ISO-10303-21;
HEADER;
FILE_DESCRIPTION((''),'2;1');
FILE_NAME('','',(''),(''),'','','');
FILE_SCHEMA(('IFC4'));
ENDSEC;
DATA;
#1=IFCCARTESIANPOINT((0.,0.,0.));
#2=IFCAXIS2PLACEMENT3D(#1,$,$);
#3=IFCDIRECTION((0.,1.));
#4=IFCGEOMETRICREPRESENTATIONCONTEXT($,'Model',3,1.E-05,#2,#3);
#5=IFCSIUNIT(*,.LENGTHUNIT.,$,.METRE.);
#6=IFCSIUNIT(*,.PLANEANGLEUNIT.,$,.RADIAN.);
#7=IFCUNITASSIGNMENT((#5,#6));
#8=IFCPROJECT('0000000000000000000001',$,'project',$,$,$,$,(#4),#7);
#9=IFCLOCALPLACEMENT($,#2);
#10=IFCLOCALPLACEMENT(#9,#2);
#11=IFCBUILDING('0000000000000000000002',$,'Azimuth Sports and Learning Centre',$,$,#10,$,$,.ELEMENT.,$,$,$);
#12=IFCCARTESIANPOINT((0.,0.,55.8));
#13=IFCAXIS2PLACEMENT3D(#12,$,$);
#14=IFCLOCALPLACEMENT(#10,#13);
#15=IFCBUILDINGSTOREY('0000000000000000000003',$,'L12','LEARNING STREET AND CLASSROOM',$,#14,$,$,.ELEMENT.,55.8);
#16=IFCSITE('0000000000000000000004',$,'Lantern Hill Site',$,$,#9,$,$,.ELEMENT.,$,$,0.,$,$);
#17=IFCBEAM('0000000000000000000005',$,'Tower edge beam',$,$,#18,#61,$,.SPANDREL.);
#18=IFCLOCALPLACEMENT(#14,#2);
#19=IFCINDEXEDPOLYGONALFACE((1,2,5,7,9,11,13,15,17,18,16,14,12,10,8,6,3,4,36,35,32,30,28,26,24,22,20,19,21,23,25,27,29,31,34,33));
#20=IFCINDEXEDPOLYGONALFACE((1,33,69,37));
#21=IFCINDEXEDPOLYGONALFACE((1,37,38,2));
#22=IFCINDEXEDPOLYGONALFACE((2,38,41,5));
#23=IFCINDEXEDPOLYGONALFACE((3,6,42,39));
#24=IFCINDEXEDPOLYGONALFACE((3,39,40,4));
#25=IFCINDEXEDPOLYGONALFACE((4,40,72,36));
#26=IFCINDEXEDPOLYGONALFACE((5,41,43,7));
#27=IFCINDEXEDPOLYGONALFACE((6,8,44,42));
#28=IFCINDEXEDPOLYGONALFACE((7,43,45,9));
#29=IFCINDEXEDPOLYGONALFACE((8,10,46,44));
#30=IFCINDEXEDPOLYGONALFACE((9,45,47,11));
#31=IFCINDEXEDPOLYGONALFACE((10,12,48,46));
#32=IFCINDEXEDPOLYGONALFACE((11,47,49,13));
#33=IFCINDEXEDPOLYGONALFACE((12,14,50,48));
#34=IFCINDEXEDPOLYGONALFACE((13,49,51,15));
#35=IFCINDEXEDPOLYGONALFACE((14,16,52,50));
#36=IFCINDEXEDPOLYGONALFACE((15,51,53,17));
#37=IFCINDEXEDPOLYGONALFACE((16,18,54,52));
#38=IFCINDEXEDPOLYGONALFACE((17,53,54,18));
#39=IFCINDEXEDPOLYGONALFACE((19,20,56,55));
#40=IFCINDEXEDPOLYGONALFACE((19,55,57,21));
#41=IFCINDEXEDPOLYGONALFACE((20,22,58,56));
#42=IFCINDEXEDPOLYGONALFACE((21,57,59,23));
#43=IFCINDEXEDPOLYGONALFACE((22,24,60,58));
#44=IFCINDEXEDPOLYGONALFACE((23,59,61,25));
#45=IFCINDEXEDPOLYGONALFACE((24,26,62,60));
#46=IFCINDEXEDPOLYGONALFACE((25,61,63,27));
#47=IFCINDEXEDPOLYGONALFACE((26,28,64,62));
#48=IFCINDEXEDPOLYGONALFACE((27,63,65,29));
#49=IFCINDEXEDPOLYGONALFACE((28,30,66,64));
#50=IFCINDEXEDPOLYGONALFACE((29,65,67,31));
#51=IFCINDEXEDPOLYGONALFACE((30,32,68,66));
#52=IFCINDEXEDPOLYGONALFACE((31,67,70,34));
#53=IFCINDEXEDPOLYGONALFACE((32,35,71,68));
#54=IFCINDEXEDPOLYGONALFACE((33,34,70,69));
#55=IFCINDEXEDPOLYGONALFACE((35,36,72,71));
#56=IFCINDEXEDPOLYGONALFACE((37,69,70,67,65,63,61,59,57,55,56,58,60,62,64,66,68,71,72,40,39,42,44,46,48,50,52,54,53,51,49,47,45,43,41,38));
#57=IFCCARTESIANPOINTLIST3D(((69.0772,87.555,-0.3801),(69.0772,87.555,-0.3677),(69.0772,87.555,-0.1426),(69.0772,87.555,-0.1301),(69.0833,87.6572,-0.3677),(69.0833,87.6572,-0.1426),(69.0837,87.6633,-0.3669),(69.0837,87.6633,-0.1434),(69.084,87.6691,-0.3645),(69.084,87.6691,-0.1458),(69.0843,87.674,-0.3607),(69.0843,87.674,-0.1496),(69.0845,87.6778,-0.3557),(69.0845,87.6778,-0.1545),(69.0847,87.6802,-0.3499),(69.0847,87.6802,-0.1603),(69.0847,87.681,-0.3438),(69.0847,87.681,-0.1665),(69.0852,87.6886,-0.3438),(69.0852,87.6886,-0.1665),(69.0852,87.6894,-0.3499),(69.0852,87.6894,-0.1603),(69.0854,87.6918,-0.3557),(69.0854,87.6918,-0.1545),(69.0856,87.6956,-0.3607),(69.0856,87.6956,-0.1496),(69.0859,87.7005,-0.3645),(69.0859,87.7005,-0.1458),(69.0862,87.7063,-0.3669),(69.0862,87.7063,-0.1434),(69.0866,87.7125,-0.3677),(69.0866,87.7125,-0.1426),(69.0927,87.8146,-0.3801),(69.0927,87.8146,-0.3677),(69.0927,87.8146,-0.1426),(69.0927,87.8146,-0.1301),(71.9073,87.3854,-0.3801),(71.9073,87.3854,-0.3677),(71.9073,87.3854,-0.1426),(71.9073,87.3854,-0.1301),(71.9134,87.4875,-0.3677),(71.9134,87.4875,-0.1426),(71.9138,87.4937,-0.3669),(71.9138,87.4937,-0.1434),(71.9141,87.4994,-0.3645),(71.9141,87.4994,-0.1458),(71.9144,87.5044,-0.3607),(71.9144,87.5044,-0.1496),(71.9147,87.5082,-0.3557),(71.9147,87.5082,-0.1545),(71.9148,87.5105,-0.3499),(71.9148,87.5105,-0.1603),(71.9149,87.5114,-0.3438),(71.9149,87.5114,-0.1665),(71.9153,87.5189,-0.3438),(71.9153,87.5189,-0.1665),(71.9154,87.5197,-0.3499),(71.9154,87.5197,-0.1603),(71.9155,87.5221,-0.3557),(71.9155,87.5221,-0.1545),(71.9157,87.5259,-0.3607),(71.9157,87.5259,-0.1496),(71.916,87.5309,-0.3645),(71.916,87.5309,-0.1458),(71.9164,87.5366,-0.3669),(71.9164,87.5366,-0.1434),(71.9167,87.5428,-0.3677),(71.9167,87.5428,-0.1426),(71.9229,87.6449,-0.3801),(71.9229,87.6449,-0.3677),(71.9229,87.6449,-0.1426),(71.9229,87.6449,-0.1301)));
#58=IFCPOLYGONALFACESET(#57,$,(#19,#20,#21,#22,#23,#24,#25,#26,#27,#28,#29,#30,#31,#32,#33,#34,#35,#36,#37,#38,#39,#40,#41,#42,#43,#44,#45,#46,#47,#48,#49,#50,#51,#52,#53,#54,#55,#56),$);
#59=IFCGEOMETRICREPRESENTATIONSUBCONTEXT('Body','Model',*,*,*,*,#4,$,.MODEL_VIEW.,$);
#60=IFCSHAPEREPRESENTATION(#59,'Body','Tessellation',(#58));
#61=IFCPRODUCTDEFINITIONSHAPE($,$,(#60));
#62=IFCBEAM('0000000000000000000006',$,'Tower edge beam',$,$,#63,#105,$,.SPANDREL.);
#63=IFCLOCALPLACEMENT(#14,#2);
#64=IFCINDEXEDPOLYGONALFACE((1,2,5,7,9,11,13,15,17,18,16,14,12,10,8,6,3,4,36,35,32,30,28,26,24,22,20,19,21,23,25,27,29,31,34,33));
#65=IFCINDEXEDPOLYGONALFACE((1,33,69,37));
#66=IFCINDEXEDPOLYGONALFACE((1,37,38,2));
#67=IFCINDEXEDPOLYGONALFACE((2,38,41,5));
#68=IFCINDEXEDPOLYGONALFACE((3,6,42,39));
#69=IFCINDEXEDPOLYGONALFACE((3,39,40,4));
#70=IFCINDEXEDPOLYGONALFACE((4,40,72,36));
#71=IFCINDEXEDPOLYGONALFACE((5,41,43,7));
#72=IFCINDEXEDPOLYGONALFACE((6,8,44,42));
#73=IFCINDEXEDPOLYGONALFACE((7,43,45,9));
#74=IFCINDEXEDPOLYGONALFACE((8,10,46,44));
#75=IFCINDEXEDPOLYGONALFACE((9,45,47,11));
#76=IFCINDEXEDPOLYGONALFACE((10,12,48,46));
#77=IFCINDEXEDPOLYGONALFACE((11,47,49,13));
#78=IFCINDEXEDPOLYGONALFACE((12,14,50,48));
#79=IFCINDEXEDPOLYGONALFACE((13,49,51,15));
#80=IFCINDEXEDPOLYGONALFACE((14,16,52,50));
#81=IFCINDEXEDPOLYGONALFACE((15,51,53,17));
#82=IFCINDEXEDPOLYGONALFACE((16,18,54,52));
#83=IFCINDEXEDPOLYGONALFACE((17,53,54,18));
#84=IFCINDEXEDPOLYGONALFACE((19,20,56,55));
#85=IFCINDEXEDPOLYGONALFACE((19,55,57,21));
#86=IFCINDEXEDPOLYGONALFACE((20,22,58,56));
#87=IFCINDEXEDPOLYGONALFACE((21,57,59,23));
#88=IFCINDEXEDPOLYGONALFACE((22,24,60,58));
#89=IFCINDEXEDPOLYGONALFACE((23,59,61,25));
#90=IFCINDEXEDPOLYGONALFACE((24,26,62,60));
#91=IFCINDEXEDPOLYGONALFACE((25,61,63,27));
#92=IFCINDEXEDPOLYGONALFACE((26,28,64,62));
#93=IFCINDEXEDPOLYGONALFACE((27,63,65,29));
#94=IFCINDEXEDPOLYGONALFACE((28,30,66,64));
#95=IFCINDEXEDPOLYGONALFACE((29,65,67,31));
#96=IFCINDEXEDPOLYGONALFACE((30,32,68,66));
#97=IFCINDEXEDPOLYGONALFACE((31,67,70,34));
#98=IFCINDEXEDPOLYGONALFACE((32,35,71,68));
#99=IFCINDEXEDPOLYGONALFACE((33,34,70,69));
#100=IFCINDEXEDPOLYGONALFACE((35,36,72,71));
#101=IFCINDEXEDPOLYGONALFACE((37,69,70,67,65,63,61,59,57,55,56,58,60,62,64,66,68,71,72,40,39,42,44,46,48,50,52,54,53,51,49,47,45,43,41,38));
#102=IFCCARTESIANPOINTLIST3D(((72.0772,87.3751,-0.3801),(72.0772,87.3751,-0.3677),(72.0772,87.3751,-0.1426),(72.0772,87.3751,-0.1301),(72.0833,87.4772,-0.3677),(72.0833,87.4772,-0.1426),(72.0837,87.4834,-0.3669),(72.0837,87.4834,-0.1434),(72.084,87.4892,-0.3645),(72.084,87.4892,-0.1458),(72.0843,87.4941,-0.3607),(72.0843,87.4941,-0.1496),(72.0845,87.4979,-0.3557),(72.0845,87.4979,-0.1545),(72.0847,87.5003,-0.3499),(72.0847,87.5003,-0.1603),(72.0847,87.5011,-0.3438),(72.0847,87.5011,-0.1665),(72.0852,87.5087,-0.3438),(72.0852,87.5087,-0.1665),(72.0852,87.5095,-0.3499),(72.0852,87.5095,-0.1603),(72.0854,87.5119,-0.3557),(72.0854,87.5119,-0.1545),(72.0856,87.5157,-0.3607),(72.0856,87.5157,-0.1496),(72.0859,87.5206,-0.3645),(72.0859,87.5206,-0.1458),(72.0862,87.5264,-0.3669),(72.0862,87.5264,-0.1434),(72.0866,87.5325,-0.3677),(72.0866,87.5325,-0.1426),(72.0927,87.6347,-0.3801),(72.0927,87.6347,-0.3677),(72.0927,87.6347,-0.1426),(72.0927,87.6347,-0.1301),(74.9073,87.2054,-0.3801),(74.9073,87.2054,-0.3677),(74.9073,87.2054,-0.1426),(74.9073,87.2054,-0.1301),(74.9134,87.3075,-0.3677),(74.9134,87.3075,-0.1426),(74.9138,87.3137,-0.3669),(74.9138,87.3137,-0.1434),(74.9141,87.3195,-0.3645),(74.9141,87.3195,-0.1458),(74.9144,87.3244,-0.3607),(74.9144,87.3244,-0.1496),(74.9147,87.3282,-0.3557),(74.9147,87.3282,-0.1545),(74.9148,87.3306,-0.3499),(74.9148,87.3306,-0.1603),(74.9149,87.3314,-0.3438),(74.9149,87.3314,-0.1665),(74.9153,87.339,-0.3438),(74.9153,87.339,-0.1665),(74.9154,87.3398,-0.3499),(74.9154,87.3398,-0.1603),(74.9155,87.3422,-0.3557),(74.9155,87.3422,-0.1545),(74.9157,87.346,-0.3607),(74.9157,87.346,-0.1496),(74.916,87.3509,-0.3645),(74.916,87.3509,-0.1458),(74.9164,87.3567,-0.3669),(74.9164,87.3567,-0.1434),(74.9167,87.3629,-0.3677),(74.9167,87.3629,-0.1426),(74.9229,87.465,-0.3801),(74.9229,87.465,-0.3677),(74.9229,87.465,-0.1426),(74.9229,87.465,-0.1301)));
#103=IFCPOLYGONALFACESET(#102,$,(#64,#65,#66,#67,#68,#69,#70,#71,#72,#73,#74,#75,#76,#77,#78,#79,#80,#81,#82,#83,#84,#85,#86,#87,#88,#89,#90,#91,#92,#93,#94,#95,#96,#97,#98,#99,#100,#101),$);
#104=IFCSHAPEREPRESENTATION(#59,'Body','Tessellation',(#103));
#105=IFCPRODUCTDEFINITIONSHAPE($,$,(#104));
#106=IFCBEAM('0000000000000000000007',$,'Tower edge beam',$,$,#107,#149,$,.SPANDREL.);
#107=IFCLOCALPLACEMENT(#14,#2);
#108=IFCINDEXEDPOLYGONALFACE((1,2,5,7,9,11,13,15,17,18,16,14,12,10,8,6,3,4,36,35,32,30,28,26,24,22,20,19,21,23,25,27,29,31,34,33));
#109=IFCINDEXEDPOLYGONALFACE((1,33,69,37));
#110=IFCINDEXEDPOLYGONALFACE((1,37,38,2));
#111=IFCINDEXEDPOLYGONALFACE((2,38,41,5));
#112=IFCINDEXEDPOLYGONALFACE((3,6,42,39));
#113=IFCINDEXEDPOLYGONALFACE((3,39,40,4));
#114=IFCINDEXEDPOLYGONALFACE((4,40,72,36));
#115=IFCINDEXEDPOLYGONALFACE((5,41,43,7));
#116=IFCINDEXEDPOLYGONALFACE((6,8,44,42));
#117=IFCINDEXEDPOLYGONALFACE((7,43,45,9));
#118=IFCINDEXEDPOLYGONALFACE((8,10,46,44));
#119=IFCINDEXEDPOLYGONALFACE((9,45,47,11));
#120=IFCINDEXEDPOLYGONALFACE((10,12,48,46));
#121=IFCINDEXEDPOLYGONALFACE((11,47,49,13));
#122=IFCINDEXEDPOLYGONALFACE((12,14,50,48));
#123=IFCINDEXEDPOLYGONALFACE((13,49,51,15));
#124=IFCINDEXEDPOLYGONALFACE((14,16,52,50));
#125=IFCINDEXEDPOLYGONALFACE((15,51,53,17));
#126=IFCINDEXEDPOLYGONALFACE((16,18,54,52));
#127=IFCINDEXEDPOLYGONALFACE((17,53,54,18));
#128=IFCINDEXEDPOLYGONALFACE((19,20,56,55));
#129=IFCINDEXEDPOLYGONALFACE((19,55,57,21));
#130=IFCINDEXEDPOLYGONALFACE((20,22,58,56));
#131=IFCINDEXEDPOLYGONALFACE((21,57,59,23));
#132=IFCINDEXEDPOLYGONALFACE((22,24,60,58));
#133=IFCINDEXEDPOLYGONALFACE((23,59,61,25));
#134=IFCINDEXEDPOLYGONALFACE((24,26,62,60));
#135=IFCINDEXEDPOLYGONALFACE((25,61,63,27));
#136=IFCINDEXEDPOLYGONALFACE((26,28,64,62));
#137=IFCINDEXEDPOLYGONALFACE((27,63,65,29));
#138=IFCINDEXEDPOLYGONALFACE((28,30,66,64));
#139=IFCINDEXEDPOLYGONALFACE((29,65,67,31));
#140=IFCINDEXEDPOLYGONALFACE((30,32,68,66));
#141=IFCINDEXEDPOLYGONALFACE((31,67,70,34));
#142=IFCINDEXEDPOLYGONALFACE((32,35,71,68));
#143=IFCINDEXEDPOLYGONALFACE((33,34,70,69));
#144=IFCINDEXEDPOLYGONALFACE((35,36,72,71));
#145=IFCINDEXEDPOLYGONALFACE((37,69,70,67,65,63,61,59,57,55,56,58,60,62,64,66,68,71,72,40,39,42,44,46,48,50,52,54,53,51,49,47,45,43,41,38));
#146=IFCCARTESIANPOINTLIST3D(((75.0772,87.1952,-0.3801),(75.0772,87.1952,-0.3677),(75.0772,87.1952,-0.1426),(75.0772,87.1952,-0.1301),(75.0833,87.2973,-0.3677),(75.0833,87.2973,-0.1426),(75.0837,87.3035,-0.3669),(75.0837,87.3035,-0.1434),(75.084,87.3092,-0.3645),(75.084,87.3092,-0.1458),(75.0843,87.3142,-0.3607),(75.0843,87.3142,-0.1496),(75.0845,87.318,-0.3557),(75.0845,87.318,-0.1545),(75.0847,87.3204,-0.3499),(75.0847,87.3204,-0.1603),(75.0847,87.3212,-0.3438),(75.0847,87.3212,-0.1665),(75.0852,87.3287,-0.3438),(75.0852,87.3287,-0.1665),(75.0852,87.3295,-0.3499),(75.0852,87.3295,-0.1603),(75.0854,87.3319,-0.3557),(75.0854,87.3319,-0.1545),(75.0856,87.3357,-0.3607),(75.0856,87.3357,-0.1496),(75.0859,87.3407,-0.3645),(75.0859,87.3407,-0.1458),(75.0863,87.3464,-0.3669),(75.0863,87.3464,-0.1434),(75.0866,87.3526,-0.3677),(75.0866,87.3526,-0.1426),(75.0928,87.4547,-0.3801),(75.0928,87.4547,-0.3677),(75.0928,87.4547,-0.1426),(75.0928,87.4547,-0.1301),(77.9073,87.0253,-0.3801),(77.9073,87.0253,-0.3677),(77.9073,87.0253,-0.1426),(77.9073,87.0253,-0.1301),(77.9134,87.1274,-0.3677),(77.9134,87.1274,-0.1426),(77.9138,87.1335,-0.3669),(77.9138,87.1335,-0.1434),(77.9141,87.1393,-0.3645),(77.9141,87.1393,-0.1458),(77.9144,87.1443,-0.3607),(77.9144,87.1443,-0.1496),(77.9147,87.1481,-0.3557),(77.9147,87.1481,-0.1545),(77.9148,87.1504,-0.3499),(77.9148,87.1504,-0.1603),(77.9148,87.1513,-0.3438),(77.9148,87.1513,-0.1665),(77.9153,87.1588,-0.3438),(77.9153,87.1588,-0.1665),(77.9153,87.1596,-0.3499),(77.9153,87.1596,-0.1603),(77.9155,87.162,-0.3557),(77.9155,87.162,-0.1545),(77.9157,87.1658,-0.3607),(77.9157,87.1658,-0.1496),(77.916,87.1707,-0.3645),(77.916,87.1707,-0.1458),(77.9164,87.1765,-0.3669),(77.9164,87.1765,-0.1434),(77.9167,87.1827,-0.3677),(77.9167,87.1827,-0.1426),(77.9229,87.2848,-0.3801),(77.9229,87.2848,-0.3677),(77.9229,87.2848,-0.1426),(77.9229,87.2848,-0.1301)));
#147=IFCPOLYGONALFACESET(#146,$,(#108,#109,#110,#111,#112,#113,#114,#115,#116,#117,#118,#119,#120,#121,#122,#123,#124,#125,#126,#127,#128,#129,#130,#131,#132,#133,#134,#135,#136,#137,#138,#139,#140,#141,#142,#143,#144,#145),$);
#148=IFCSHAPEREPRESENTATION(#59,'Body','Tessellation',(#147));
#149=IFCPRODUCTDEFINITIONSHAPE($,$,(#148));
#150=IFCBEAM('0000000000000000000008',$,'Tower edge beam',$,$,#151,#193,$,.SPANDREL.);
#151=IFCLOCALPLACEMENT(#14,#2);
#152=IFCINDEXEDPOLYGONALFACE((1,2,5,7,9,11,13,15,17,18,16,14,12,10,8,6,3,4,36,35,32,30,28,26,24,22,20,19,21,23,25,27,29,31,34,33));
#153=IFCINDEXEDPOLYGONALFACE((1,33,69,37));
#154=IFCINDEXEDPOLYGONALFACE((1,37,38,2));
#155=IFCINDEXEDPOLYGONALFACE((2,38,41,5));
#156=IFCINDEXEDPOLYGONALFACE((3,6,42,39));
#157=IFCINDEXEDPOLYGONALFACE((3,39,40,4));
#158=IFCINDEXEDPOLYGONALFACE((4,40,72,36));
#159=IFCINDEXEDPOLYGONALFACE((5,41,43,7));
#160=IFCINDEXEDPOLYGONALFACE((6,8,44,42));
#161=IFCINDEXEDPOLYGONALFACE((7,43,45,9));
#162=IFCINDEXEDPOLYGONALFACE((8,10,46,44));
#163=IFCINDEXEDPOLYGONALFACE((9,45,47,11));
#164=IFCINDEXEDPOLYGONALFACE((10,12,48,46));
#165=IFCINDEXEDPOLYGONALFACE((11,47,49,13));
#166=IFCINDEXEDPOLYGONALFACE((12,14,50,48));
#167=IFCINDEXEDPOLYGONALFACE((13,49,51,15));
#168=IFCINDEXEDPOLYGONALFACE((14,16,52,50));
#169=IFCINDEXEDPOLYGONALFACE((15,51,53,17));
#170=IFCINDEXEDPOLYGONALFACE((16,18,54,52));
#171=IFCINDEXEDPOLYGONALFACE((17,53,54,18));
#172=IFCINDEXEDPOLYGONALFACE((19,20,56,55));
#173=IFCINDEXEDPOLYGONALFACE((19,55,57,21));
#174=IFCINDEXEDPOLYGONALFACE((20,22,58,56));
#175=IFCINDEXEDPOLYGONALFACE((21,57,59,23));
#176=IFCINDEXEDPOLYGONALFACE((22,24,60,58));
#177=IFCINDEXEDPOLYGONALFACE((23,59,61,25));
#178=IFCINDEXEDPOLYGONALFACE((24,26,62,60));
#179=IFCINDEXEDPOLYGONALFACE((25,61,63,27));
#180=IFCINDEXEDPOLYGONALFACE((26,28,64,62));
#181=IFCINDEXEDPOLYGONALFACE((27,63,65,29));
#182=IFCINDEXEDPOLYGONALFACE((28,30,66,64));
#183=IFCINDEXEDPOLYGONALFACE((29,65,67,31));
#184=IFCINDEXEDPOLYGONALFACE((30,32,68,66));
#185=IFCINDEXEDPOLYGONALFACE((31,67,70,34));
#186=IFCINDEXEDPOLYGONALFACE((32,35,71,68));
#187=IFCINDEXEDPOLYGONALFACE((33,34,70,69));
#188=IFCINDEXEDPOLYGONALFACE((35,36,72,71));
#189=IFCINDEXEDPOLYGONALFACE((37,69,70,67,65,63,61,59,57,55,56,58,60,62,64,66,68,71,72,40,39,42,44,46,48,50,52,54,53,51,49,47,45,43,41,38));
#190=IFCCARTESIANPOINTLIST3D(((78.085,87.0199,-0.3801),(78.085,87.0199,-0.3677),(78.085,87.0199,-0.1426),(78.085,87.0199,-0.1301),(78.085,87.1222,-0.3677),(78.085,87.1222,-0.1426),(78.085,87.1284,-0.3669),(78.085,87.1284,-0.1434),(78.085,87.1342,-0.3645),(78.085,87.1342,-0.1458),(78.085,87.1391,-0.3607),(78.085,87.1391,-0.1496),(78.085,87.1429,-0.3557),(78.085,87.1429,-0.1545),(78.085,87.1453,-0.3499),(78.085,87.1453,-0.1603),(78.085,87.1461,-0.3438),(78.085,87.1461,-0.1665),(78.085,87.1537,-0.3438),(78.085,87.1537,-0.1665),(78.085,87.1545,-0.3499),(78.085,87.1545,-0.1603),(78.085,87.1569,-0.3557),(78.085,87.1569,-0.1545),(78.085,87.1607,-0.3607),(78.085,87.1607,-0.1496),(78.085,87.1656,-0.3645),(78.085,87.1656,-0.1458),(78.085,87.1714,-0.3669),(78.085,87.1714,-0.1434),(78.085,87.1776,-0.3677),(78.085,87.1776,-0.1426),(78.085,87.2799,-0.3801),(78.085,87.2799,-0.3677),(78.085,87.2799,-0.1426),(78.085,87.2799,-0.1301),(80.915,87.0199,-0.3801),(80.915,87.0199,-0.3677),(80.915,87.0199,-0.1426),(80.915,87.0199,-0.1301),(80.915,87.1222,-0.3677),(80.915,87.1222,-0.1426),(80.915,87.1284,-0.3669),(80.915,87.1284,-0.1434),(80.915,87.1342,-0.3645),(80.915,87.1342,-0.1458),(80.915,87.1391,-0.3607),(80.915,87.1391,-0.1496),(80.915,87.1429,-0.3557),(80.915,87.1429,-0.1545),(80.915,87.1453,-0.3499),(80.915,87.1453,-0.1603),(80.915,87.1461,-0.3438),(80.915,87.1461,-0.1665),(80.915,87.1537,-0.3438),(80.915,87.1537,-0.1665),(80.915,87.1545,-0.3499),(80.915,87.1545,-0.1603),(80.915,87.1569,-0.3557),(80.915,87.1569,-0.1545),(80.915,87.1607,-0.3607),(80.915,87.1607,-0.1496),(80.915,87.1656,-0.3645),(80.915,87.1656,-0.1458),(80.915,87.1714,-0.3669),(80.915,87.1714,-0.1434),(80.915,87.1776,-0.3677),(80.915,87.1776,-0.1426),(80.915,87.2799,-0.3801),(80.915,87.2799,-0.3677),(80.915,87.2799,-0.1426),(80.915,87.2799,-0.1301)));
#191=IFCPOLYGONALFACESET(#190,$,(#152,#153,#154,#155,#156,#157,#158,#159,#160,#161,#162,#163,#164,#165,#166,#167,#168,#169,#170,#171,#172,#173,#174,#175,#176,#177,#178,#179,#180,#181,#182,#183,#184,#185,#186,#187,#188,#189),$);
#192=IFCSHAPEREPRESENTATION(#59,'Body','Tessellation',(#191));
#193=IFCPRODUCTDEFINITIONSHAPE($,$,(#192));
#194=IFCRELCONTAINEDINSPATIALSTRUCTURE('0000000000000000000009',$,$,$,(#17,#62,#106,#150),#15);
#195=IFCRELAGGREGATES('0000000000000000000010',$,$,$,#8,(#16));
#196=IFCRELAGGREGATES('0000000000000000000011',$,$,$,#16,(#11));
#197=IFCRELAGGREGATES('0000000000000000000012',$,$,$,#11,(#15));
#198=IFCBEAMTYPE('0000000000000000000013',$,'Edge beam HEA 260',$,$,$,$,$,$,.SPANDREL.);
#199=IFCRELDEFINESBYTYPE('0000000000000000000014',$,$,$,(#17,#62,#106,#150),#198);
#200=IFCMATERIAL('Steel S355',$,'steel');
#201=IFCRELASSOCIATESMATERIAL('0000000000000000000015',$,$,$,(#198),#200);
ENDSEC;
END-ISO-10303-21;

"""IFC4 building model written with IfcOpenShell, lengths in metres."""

from ifc_helpers import new_model, si_unit, direction, frame, origin, origin_2d, place, context, subcontext, project, spatial, i_section, extrude, material, material_profile, profile_set, type_object, element, save


model = new_model("IFC4")

# Units and contexts
model_context = context("Model", 3, precision=1e-05, world=origin(), true_north=direction((0.0, 1.0)))
body_context = subcontext(model_context, "Body", "Model", "MODEL_VIEW")
ifc_project = project(units=[si_unit("LENGTHUNIT", "METRE"), si_unit("PLANEANGLEUNIT", "RADIAN")], contexts=[model_context])

# Site, building, storey
site_placement = place(None, origin())
site = spatial("IfcSite", under=ifc_project, at=site_placement, Name="Lantern Hill Site", CompositionType="ELEMENT", RefElevation=0.0)
building_placement = place(site_placement, origin())
building = spatial("IfcBuilding", under=site, at=building_placement, Name="Azimuth Sports and Learning Centre", CompositionType="ELEMENT")
storey_placement = place(building_placement, frame((0.0, 0.0, 55.8)))
storey = spatial("IfcBuildingStorey", under=building, at=storey_placement, Name="L12", Description="LEARNING STREET AND CLASSROOM", CompositionType="ELEMENT", Elevation=55.8)

# Beams
ifc_material_1 = material(Name="Steel S355", Category="steel")
ifc_material_profile_1 = material_profile(ifc_material_1, i_section(OverallWidth=0.26, OverallDepth=0.25, WebThickness=0.0076, FlangeThickness=0.0125, FilletRadius=0.0239, at=origin_2d()), Name="HEA 260")
ifc_profile_set_1 = profile_set([ifc_material_profile_1], Name="Steel S355")
beam_type = type_object("IfcBeamType", Name="Edge beam HEA 260", PredefinedType="SPANDREL", material=ifc_profile_set_1)
for number, where, z_axis, x_axis, name in (
    (1, (69.085, 87.6848, -0.2551), (0.998208, -0.059848, 0.0), (0.059848, 0.998208, 0.0), "Tower edge beam"),
    (2, (72.085, 87.5049, -0.2551), (0.998208, -0.059848, 0.0), (0.059848, 0.998208, 0.0), "Tower edge beam"),
    (3, (75.085, 87.325, -0.2551), (0.998202, -0.059933, 0.0), (0.059933, 0.998202, 0.0), "Tower edge beam"),
):
    element("IfcBeam", number, at=place(storey_placement, frame(where, z_axis=z_axis, x_axis=x_axis)), inside=storey, type_object=beam_type, Name=name, PredefinedType="SPANDREL", context=body_context, shape_type="SweptSolid", body=[
        extrude(i_section(OverallWidth=0.26, OverallDepth=0.25, WebThickness=0.0076, FlangeThickness=0.0125, FilletRadius=0.0239, at=origin_2d()), origin(), (0.0, 0.0, 1.0), 2.8352),
    ])
for number, where, z_axis, x_axis, name in (
    (4, (78.085, 87.1499, -0.2551), (1.0, 0.0, 0.0), (0.0, 1.0, 0.0), "Tower edge beam"),
):
    element("IfcBeam", number, at=place(storey_placement, frame(where, z_axis=z_axis, x_axis=x_axis)), inside=storey, type_object=beam_type, Name=name, PredefinedType="SPANDREL", context=body_context, shape_type="SweptSolid", body=[
        extrude(i_section(OverallWidth=0.26, OverallDepth=0.25, WebThickness=0.0076, FlangeThickness=0.0125, FilletRadius=0.0239, at=origin_2d()), origin(), (0.0, 0.0, 1.0), 2.8301),
    ])

save(model, "model.ifc")
